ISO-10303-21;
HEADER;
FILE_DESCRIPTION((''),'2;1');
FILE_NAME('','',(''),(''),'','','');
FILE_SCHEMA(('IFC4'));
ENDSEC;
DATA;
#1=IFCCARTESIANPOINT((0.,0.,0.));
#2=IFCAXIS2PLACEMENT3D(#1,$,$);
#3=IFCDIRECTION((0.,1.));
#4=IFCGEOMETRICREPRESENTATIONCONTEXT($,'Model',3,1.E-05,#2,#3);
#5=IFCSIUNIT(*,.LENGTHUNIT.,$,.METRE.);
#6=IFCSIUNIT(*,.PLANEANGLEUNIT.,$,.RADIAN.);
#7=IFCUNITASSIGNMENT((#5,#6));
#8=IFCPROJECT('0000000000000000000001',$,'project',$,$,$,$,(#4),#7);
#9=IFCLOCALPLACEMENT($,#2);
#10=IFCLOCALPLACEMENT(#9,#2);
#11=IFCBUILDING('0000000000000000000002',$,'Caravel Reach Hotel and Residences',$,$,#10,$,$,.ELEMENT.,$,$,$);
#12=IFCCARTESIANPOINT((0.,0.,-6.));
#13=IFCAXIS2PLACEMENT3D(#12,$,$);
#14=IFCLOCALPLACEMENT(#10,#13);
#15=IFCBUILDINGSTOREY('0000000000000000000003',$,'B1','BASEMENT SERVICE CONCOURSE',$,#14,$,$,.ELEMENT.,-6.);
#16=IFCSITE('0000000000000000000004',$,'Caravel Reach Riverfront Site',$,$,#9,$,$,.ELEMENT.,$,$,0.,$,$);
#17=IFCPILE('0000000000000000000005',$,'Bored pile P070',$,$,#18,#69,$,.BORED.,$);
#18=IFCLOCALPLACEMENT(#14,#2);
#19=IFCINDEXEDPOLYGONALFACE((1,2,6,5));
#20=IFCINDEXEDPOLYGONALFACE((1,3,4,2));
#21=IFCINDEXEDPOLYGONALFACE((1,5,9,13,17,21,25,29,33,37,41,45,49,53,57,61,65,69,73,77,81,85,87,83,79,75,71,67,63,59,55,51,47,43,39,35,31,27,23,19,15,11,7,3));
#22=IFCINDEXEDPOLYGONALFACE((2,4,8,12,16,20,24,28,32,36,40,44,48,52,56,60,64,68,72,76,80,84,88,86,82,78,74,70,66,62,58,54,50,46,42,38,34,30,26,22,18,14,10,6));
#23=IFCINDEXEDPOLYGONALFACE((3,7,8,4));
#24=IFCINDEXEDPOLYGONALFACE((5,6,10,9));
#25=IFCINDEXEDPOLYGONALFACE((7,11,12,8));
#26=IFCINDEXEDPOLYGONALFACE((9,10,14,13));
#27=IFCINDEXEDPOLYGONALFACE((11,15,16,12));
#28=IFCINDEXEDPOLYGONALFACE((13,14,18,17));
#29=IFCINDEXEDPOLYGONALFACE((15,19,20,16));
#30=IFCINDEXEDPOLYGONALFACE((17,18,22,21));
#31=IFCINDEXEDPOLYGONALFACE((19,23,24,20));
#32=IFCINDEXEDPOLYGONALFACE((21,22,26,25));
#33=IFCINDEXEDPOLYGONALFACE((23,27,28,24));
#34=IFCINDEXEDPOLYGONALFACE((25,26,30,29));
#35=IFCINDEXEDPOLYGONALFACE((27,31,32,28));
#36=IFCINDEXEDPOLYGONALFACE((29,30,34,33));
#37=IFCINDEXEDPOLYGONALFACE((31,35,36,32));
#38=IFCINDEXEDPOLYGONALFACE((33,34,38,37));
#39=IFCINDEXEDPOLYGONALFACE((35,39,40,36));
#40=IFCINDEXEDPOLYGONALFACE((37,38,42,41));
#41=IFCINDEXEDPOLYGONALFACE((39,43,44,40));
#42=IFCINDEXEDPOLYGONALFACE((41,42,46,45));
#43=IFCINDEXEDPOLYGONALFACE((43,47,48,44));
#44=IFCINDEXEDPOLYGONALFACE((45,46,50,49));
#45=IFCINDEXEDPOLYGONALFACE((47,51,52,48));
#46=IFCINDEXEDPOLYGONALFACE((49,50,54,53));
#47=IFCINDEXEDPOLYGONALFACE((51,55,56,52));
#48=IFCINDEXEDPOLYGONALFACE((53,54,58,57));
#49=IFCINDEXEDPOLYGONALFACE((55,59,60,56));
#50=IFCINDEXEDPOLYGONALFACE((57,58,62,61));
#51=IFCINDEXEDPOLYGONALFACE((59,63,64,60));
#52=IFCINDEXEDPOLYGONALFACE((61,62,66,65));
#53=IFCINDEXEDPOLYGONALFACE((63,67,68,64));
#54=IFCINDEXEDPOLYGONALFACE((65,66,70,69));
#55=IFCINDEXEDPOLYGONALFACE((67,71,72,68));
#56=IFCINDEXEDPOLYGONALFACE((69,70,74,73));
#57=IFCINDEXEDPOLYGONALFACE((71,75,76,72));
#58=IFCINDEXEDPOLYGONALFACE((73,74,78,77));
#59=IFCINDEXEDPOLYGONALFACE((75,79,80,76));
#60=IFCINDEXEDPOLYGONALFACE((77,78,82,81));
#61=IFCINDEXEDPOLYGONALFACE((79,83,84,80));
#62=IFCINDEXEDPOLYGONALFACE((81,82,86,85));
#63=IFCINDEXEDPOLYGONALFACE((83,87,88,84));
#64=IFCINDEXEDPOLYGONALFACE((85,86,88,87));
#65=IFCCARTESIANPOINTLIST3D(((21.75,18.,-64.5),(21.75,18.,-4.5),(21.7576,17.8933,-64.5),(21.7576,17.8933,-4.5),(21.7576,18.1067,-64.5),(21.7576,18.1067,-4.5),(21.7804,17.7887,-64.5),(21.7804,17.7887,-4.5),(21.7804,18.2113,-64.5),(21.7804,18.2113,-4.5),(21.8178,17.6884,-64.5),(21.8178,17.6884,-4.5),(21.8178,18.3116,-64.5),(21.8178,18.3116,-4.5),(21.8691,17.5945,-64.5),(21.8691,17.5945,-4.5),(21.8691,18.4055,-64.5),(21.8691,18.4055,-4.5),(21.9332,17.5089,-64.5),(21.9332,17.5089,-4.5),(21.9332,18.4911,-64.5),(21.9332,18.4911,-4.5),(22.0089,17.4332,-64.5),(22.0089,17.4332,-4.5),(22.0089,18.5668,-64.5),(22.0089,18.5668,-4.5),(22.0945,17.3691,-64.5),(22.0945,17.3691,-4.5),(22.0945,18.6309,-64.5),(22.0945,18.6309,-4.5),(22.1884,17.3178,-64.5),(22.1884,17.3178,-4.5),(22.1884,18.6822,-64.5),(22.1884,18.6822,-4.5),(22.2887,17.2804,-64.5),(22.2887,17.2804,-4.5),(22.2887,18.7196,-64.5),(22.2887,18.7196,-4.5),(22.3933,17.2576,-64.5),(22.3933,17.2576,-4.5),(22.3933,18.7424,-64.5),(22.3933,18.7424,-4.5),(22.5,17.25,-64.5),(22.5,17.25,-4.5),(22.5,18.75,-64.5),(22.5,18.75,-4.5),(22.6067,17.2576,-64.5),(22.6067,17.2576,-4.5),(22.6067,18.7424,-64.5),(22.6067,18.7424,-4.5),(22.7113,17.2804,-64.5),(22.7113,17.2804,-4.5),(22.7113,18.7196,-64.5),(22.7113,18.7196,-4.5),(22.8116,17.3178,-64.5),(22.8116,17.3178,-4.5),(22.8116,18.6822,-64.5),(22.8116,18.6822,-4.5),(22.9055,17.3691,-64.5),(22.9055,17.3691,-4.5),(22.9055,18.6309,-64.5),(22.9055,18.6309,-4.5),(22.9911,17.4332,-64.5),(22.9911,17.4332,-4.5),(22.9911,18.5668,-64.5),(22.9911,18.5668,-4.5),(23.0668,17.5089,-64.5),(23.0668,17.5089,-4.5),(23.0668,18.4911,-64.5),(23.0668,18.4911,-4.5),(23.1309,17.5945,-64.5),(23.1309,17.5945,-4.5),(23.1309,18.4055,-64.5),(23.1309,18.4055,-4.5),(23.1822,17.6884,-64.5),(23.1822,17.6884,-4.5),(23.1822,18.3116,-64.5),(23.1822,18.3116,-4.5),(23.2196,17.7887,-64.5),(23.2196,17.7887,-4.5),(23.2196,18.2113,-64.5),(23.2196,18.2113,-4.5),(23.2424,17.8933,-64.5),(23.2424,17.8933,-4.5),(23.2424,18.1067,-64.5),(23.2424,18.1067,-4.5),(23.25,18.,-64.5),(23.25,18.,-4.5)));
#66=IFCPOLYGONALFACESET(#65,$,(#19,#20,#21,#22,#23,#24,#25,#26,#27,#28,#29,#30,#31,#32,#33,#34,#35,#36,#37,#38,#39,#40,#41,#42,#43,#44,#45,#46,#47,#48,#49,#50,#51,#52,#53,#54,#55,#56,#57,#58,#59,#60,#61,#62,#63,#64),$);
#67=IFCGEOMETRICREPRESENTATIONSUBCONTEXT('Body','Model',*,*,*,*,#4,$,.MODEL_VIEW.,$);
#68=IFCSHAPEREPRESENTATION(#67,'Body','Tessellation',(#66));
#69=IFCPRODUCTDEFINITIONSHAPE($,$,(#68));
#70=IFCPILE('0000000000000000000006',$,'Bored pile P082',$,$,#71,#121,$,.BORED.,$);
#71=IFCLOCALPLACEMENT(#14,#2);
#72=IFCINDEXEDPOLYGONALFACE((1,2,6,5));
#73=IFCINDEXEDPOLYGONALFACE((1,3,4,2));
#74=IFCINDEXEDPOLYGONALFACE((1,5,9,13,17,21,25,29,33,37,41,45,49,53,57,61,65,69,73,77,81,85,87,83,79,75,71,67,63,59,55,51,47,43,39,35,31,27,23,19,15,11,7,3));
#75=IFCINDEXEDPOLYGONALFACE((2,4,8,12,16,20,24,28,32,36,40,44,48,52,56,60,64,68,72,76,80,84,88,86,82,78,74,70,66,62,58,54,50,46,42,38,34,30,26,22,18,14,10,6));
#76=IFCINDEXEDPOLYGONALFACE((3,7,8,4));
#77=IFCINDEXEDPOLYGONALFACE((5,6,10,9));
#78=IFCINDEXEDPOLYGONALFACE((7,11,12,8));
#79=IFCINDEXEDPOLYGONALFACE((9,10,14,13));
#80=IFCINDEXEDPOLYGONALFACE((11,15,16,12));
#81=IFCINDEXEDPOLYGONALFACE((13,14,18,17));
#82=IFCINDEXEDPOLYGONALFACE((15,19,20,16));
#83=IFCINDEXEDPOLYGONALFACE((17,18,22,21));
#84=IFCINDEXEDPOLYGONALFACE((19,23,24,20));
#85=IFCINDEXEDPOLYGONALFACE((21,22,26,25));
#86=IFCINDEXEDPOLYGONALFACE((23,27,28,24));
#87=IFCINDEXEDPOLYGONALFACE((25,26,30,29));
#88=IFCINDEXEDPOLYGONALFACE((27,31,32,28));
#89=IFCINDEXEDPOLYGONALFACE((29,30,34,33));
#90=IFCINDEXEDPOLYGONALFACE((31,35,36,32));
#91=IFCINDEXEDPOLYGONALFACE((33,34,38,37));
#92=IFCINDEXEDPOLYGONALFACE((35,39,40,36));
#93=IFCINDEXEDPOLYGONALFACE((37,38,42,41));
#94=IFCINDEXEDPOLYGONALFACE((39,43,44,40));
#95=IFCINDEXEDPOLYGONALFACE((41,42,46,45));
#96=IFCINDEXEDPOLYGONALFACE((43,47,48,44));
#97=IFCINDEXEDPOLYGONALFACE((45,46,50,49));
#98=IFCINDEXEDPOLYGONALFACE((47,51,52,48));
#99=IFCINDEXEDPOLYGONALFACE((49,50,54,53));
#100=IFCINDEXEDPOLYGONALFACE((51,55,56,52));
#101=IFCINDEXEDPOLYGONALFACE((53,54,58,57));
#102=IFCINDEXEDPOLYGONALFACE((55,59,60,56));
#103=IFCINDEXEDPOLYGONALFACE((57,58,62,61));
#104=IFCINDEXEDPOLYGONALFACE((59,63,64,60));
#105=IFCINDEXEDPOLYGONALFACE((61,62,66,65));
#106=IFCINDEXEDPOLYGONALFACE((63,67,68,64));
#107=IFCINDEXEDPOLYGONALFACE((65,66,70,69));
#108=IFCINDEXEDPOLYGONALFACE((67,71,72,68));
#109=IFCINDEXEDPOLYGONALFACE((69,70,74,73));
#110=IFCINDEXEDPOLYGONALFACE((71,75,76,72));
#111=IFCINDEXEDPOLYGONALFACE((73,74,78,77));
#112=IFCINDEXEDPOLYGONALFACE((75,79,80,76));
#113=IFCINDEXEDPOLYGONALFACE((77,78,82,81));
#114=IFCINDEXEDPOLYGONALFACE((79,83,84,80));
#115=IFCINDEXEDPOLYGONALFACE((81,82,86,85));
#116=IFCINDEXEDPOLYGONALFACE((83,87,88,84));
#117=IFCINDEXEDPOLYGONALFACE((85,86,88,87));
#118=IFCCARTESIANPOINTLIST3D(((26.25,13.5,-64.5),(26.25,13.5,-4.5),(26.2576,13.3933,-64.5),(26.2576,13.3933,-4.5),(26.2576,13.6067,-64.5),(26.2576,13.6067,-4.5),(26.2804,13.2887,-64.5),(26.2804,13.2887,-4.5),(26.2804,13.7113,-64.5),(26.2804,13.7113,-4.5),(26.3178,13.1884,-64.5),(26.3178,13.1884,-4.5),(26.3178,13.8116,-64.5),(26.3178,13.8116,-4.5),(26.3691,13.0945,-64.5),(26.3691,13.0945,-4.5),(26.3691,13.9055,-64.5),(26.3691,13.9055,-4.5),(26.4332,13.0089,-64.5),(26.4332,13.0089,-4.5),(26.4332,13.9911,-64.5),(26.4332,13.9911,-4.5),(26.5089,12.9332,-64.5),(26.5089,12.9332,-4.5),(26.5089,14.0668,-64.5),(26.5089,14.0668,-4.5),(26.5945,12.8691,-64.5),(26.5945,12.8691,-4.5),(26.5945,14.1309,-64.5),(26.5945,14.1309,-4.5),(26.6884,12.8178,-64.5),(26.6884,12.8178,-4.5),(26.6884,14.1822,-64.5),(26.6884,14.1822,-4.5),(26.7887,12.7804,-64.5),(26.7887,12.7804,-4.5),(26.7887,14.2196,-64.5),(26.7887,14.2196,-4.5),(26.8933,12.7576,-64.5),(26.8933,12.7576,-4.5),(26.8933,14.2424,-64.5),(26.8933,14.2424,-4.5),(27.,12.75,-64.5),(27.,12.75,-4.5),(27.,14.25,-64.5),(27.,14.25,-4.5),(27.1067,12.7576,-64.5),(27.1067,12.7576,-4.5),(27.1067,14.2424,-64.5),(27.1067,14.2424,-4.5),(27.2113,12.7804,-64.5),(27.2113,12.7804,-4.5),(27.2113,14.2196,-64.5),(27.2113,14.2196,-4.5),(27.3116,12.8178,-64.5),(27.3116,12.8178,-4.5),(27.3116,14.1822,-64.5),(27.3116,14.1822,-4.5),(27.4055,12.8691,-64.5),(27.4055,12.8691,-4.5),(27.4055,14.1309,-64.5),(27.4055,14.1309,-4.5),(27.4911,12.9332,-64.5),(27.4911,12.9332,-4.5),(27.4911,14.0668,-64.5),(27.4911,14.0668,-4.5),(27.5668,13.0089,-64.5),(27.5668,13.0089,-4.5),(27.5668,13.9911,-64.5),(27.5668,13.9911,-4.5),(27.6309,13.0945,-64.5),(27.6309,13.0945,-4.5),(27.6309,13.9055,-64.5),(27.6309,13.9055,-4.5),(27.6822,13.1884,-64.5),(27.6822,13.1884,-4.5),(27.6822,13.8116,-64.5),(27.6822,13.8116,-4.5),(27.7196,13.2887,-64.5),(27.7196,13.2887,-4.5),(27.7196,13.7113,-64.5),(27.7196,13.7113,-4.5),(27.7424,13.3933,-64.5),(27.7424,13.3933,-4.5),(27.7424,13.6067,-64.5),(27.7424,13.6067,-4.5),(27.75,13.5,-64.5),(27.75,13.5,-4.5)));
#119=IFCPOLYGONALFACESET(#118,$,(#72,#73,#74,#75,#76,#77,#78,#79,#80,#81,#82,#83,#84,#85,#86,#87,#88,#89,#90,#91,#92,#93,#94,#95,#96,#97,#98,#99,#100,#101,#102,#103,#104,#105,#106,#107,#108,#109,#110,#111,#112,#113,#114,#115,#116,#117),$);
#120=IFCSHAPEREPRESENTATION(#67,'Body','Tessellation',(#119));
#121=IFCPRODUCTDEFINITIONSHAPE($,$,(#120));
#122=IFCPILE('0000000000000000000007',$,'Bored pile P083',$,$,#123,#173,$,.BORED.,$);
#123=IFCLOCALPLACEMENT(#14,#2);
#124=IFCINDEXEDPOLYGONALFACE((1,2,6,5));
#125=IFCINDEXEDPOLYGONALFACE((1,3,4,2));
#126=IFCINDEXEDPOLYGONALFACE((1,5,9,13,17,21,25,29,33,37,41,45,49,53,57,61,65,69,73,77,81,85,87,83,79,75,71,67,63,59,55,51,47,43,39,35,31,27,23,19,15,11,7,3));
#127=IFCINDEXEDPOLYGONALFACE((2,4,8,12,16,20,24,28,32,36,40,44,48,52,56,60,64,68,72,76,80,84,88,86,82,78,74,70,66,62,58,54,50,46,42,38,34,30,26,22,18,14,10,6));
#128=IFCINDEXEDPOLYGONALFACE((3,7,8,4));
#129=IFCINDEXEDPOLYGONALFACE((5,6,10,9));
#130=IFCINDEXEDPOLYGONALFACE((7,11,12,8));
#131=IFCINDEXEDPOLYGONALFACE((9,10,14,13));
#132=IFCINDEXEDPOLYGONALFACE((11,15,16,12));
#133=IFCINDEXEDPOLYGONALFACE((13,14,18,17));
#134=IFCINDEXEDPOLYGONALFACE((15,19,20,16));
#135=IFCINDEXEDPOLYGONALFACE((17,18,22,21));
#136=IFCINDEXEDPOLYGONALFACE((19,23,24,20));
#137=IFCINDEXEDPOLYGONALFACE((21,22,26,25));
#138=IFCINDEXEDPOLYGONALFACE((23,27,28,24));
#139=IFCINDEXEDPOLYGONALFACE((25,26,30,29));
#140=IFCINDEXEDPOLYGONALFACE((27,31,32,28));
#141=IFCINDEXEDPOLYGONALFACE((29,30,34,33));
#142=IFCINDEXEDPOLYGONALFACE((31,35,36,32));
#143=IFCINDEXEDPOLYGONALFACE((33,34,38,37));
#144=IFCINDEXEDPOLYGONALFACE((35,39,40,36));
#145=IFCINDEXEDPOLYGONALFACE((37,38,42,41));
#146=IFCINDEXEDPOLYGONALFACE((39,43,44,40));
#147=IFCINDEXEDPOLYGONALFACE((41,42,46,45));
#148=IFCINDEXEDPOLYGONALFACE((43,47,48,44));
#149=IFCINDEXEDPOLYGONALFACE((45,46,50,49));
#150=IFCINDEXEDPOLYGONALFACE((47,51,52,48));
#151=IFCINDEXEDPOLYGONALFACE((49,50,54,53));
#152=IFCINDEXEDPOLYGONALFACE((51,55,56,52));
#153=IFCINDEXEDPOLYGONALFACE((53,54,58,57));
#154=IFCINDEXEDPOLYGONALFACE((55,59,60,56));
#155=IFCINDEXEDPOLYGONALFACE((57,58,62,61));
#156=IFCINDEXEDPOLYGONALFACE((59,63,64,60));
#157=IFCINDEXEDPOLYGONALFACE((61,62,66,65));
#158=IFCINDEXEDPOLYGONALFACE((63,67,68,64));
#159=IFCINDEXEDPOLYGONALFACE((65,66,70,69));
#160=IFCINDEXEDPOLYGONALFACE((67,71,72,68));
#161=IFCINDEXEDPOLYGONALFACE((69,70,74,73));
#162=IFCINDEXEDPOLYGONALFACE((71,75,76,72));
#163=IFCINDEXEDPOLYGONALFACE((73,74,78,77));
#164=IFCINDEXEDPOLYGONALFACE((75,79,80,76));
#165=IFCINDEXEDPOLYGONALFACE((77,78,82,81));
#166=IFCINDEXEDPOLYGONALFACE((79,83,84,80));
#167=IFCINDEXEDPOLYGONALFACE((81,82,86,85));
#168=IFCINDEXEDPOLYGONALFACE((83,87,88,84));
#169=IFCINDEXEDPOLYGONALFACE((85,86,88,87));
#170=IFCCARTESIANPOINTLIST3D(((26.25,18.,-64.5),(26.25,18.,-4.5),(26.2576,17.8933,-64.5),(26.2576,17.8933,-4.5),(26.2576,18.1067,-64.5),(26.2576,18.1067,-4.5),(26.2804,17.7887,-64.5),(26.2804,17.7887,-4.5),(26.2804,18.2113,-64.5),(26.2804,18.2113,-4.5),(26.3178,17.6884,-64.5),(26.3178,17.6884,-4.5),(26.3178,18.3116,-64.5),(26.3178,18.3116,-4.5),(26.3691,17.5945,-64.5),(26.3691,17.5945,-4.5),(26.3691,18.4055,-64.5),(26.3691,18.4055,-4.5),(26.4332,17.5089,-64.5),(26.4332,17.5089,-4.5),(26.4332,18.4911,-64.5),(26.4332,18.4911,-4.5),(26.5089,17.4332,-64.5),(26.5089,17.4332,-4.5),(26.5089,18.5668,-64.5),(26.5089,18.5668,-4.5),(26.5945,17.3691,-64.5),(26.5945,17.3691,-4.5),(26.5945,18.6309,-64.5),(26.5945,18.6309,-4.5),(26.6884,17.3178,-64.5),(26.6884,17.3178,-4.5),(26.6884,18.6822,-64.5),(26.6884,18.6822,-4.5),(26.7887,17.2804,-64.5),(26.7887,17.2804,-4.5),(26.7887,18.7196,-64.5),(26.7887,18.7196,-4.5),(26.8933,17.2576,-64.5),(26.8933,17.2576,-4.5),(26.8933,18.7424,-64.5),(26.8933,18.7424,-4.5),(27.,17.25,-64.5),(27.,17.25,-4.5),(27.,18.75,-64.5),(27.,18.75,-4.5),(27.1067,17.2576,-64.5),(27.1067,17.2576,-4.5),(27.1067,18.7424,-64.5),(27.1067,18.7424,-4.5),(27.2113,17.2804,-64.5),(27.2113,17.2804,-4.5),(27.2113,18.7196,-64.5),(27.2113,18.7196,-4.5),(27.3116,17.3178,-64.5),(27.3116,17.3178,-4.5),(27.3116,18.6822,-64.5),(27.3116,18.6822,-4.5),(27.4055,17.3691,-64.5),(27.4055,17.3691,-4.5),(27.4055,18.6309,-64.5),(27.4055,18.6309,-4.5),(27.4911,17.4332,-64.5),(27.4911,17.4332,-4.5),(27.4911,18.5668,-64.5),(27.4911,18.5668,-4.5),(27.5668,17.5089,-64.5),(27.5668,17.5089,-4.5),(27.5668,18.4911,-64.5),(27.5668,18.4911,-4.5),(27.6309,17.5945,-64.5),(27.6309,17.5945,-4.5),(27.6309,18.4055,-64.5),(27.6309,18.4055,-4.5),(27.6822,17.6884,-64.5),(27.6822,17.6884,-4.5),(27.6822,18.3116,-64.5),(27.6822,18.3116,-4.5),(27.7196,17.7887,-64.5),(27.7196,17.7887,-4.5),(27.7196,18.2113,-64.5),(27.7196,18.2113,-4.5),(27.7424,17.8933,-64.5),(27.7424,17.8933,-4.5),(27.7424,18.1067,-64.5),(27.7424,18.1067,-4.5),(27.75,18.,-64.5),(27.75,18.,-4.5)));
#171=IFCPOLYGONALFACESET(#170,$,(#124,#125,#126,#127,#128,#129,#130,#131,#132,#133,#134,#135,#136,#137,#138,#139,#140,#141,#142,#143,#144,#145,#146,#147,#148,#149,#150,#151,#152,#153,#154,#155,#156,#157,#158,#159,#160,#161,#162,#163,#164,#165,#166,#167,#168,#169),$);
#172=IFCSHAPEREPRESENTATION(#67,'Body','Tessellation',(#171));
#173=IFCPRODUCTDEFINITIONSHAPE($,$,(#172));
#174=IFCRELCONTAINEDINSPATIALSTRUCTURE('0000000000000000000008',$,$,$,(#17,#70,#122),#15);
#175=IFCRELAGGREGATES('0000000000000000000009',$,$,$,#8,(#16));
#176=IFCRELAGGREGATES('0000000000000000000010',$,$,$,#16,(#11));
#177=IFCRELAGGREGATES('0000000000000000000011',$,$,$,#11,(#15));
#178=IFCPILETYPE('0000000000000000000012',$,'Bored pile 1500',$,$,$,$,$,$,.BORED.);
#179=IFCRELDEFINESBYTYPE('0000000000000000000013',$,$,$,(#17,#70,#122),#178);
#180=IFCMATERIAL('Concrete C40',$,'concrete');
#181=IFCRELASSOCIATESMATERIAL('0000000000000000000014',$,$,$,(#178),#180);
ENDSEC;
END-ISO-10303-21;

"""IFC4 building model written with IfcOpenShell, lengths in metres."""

from ifc_helpers import new_model, si_unit, direction, frame, origin, origin_2d, place, context, subcontext, project, spatial, circle, extrude, material, material_profile, profile_set, type_object, element, save


model = new_model("IFC4")

# Units and contexts
model_context = context("Model", 3, precision=1e-05, world=origin(), true_north=direction((0.0, 1.0)))
body_context = subcontext(model_context, "Body", "Model", "MODEL_VIEW")
ifc_project = project(units=[si_unit("LENGTHUNIT", "METRE"), si_unit("PLANEANGLEUNIT", "RADIAN")], contexts=[model_context])

# Site, building, storey
site_placement = place(None, origin())
site = spatial("IfcSite", under=ifc_project, at=site_placement, Name="Caravel Reach Riverfront Site", CompositionType="ELEMENT", RefElevation=0.0)
building_placement = place(site_placement, origin())
building = spatial("IfcBuilding", under=site, at=building_placement, Name="Caravel Reach Hotel and Residences", CompositionType="ELEMENT")
storey_placement = place(building_placement, frame((0.0, 0.0, -6.0)))
storey = spatial("IfcBuildingStorey", under=building, at=storey_placement, Name="B1", Description="BASEMENT SERVICE CONCOURSE", CompositionType="ELEMENT", Elevation=-6.0)

# Piles
ifc_material_1 = material(Name="Concrete C40", Category="concrete")
ifc_material_profile_1 = material_profile(ifc_material_1, circle(Radius=0.75, at=origin_2d()), Name="PILE 1500")
ifc_profile_set_1 = profile_set([ifc_material_profile_1], Name="Concrete C40")
pile_type_1 = type_object("IfcPileType", Name="Bored pile 1500", PredefinedType="BORED", material=ifc_profile_set_1)
for number, where, z_axis, x_axis, name in (
    (1, (22.5, 18.0, -4.5), (0.0, 0.0, -1.0), (1.0, 0.0, 0.0), "Bored pile P070"),
    (2, (27.0, 13.5, -4.5), (0.0, 0.0, -1.0), (1.0, 0.0, 0.0), "Bored pile P082"),
    (3, (27.0, 18.0, -4.5), (0.0, 0.0, -1.0), (1.0, 0.0, 0.0), "Bored pile P083"),
):
    element("IfcPile", number, at=place(storey_placement, frame(where, z_axis=z_axis, x_axis=x_axis)), inside=storey, type_object=pile_type_1, Name=name, PredefinedType="BORED", context=body_context, shape_type="SweptSolid", body=[
        extrude(circle(Radius=0.75, at=origin_2d()), origin(), (0.0, 0.0, 1.0), 60.0),
    ])

save(model, "model.ifc")
